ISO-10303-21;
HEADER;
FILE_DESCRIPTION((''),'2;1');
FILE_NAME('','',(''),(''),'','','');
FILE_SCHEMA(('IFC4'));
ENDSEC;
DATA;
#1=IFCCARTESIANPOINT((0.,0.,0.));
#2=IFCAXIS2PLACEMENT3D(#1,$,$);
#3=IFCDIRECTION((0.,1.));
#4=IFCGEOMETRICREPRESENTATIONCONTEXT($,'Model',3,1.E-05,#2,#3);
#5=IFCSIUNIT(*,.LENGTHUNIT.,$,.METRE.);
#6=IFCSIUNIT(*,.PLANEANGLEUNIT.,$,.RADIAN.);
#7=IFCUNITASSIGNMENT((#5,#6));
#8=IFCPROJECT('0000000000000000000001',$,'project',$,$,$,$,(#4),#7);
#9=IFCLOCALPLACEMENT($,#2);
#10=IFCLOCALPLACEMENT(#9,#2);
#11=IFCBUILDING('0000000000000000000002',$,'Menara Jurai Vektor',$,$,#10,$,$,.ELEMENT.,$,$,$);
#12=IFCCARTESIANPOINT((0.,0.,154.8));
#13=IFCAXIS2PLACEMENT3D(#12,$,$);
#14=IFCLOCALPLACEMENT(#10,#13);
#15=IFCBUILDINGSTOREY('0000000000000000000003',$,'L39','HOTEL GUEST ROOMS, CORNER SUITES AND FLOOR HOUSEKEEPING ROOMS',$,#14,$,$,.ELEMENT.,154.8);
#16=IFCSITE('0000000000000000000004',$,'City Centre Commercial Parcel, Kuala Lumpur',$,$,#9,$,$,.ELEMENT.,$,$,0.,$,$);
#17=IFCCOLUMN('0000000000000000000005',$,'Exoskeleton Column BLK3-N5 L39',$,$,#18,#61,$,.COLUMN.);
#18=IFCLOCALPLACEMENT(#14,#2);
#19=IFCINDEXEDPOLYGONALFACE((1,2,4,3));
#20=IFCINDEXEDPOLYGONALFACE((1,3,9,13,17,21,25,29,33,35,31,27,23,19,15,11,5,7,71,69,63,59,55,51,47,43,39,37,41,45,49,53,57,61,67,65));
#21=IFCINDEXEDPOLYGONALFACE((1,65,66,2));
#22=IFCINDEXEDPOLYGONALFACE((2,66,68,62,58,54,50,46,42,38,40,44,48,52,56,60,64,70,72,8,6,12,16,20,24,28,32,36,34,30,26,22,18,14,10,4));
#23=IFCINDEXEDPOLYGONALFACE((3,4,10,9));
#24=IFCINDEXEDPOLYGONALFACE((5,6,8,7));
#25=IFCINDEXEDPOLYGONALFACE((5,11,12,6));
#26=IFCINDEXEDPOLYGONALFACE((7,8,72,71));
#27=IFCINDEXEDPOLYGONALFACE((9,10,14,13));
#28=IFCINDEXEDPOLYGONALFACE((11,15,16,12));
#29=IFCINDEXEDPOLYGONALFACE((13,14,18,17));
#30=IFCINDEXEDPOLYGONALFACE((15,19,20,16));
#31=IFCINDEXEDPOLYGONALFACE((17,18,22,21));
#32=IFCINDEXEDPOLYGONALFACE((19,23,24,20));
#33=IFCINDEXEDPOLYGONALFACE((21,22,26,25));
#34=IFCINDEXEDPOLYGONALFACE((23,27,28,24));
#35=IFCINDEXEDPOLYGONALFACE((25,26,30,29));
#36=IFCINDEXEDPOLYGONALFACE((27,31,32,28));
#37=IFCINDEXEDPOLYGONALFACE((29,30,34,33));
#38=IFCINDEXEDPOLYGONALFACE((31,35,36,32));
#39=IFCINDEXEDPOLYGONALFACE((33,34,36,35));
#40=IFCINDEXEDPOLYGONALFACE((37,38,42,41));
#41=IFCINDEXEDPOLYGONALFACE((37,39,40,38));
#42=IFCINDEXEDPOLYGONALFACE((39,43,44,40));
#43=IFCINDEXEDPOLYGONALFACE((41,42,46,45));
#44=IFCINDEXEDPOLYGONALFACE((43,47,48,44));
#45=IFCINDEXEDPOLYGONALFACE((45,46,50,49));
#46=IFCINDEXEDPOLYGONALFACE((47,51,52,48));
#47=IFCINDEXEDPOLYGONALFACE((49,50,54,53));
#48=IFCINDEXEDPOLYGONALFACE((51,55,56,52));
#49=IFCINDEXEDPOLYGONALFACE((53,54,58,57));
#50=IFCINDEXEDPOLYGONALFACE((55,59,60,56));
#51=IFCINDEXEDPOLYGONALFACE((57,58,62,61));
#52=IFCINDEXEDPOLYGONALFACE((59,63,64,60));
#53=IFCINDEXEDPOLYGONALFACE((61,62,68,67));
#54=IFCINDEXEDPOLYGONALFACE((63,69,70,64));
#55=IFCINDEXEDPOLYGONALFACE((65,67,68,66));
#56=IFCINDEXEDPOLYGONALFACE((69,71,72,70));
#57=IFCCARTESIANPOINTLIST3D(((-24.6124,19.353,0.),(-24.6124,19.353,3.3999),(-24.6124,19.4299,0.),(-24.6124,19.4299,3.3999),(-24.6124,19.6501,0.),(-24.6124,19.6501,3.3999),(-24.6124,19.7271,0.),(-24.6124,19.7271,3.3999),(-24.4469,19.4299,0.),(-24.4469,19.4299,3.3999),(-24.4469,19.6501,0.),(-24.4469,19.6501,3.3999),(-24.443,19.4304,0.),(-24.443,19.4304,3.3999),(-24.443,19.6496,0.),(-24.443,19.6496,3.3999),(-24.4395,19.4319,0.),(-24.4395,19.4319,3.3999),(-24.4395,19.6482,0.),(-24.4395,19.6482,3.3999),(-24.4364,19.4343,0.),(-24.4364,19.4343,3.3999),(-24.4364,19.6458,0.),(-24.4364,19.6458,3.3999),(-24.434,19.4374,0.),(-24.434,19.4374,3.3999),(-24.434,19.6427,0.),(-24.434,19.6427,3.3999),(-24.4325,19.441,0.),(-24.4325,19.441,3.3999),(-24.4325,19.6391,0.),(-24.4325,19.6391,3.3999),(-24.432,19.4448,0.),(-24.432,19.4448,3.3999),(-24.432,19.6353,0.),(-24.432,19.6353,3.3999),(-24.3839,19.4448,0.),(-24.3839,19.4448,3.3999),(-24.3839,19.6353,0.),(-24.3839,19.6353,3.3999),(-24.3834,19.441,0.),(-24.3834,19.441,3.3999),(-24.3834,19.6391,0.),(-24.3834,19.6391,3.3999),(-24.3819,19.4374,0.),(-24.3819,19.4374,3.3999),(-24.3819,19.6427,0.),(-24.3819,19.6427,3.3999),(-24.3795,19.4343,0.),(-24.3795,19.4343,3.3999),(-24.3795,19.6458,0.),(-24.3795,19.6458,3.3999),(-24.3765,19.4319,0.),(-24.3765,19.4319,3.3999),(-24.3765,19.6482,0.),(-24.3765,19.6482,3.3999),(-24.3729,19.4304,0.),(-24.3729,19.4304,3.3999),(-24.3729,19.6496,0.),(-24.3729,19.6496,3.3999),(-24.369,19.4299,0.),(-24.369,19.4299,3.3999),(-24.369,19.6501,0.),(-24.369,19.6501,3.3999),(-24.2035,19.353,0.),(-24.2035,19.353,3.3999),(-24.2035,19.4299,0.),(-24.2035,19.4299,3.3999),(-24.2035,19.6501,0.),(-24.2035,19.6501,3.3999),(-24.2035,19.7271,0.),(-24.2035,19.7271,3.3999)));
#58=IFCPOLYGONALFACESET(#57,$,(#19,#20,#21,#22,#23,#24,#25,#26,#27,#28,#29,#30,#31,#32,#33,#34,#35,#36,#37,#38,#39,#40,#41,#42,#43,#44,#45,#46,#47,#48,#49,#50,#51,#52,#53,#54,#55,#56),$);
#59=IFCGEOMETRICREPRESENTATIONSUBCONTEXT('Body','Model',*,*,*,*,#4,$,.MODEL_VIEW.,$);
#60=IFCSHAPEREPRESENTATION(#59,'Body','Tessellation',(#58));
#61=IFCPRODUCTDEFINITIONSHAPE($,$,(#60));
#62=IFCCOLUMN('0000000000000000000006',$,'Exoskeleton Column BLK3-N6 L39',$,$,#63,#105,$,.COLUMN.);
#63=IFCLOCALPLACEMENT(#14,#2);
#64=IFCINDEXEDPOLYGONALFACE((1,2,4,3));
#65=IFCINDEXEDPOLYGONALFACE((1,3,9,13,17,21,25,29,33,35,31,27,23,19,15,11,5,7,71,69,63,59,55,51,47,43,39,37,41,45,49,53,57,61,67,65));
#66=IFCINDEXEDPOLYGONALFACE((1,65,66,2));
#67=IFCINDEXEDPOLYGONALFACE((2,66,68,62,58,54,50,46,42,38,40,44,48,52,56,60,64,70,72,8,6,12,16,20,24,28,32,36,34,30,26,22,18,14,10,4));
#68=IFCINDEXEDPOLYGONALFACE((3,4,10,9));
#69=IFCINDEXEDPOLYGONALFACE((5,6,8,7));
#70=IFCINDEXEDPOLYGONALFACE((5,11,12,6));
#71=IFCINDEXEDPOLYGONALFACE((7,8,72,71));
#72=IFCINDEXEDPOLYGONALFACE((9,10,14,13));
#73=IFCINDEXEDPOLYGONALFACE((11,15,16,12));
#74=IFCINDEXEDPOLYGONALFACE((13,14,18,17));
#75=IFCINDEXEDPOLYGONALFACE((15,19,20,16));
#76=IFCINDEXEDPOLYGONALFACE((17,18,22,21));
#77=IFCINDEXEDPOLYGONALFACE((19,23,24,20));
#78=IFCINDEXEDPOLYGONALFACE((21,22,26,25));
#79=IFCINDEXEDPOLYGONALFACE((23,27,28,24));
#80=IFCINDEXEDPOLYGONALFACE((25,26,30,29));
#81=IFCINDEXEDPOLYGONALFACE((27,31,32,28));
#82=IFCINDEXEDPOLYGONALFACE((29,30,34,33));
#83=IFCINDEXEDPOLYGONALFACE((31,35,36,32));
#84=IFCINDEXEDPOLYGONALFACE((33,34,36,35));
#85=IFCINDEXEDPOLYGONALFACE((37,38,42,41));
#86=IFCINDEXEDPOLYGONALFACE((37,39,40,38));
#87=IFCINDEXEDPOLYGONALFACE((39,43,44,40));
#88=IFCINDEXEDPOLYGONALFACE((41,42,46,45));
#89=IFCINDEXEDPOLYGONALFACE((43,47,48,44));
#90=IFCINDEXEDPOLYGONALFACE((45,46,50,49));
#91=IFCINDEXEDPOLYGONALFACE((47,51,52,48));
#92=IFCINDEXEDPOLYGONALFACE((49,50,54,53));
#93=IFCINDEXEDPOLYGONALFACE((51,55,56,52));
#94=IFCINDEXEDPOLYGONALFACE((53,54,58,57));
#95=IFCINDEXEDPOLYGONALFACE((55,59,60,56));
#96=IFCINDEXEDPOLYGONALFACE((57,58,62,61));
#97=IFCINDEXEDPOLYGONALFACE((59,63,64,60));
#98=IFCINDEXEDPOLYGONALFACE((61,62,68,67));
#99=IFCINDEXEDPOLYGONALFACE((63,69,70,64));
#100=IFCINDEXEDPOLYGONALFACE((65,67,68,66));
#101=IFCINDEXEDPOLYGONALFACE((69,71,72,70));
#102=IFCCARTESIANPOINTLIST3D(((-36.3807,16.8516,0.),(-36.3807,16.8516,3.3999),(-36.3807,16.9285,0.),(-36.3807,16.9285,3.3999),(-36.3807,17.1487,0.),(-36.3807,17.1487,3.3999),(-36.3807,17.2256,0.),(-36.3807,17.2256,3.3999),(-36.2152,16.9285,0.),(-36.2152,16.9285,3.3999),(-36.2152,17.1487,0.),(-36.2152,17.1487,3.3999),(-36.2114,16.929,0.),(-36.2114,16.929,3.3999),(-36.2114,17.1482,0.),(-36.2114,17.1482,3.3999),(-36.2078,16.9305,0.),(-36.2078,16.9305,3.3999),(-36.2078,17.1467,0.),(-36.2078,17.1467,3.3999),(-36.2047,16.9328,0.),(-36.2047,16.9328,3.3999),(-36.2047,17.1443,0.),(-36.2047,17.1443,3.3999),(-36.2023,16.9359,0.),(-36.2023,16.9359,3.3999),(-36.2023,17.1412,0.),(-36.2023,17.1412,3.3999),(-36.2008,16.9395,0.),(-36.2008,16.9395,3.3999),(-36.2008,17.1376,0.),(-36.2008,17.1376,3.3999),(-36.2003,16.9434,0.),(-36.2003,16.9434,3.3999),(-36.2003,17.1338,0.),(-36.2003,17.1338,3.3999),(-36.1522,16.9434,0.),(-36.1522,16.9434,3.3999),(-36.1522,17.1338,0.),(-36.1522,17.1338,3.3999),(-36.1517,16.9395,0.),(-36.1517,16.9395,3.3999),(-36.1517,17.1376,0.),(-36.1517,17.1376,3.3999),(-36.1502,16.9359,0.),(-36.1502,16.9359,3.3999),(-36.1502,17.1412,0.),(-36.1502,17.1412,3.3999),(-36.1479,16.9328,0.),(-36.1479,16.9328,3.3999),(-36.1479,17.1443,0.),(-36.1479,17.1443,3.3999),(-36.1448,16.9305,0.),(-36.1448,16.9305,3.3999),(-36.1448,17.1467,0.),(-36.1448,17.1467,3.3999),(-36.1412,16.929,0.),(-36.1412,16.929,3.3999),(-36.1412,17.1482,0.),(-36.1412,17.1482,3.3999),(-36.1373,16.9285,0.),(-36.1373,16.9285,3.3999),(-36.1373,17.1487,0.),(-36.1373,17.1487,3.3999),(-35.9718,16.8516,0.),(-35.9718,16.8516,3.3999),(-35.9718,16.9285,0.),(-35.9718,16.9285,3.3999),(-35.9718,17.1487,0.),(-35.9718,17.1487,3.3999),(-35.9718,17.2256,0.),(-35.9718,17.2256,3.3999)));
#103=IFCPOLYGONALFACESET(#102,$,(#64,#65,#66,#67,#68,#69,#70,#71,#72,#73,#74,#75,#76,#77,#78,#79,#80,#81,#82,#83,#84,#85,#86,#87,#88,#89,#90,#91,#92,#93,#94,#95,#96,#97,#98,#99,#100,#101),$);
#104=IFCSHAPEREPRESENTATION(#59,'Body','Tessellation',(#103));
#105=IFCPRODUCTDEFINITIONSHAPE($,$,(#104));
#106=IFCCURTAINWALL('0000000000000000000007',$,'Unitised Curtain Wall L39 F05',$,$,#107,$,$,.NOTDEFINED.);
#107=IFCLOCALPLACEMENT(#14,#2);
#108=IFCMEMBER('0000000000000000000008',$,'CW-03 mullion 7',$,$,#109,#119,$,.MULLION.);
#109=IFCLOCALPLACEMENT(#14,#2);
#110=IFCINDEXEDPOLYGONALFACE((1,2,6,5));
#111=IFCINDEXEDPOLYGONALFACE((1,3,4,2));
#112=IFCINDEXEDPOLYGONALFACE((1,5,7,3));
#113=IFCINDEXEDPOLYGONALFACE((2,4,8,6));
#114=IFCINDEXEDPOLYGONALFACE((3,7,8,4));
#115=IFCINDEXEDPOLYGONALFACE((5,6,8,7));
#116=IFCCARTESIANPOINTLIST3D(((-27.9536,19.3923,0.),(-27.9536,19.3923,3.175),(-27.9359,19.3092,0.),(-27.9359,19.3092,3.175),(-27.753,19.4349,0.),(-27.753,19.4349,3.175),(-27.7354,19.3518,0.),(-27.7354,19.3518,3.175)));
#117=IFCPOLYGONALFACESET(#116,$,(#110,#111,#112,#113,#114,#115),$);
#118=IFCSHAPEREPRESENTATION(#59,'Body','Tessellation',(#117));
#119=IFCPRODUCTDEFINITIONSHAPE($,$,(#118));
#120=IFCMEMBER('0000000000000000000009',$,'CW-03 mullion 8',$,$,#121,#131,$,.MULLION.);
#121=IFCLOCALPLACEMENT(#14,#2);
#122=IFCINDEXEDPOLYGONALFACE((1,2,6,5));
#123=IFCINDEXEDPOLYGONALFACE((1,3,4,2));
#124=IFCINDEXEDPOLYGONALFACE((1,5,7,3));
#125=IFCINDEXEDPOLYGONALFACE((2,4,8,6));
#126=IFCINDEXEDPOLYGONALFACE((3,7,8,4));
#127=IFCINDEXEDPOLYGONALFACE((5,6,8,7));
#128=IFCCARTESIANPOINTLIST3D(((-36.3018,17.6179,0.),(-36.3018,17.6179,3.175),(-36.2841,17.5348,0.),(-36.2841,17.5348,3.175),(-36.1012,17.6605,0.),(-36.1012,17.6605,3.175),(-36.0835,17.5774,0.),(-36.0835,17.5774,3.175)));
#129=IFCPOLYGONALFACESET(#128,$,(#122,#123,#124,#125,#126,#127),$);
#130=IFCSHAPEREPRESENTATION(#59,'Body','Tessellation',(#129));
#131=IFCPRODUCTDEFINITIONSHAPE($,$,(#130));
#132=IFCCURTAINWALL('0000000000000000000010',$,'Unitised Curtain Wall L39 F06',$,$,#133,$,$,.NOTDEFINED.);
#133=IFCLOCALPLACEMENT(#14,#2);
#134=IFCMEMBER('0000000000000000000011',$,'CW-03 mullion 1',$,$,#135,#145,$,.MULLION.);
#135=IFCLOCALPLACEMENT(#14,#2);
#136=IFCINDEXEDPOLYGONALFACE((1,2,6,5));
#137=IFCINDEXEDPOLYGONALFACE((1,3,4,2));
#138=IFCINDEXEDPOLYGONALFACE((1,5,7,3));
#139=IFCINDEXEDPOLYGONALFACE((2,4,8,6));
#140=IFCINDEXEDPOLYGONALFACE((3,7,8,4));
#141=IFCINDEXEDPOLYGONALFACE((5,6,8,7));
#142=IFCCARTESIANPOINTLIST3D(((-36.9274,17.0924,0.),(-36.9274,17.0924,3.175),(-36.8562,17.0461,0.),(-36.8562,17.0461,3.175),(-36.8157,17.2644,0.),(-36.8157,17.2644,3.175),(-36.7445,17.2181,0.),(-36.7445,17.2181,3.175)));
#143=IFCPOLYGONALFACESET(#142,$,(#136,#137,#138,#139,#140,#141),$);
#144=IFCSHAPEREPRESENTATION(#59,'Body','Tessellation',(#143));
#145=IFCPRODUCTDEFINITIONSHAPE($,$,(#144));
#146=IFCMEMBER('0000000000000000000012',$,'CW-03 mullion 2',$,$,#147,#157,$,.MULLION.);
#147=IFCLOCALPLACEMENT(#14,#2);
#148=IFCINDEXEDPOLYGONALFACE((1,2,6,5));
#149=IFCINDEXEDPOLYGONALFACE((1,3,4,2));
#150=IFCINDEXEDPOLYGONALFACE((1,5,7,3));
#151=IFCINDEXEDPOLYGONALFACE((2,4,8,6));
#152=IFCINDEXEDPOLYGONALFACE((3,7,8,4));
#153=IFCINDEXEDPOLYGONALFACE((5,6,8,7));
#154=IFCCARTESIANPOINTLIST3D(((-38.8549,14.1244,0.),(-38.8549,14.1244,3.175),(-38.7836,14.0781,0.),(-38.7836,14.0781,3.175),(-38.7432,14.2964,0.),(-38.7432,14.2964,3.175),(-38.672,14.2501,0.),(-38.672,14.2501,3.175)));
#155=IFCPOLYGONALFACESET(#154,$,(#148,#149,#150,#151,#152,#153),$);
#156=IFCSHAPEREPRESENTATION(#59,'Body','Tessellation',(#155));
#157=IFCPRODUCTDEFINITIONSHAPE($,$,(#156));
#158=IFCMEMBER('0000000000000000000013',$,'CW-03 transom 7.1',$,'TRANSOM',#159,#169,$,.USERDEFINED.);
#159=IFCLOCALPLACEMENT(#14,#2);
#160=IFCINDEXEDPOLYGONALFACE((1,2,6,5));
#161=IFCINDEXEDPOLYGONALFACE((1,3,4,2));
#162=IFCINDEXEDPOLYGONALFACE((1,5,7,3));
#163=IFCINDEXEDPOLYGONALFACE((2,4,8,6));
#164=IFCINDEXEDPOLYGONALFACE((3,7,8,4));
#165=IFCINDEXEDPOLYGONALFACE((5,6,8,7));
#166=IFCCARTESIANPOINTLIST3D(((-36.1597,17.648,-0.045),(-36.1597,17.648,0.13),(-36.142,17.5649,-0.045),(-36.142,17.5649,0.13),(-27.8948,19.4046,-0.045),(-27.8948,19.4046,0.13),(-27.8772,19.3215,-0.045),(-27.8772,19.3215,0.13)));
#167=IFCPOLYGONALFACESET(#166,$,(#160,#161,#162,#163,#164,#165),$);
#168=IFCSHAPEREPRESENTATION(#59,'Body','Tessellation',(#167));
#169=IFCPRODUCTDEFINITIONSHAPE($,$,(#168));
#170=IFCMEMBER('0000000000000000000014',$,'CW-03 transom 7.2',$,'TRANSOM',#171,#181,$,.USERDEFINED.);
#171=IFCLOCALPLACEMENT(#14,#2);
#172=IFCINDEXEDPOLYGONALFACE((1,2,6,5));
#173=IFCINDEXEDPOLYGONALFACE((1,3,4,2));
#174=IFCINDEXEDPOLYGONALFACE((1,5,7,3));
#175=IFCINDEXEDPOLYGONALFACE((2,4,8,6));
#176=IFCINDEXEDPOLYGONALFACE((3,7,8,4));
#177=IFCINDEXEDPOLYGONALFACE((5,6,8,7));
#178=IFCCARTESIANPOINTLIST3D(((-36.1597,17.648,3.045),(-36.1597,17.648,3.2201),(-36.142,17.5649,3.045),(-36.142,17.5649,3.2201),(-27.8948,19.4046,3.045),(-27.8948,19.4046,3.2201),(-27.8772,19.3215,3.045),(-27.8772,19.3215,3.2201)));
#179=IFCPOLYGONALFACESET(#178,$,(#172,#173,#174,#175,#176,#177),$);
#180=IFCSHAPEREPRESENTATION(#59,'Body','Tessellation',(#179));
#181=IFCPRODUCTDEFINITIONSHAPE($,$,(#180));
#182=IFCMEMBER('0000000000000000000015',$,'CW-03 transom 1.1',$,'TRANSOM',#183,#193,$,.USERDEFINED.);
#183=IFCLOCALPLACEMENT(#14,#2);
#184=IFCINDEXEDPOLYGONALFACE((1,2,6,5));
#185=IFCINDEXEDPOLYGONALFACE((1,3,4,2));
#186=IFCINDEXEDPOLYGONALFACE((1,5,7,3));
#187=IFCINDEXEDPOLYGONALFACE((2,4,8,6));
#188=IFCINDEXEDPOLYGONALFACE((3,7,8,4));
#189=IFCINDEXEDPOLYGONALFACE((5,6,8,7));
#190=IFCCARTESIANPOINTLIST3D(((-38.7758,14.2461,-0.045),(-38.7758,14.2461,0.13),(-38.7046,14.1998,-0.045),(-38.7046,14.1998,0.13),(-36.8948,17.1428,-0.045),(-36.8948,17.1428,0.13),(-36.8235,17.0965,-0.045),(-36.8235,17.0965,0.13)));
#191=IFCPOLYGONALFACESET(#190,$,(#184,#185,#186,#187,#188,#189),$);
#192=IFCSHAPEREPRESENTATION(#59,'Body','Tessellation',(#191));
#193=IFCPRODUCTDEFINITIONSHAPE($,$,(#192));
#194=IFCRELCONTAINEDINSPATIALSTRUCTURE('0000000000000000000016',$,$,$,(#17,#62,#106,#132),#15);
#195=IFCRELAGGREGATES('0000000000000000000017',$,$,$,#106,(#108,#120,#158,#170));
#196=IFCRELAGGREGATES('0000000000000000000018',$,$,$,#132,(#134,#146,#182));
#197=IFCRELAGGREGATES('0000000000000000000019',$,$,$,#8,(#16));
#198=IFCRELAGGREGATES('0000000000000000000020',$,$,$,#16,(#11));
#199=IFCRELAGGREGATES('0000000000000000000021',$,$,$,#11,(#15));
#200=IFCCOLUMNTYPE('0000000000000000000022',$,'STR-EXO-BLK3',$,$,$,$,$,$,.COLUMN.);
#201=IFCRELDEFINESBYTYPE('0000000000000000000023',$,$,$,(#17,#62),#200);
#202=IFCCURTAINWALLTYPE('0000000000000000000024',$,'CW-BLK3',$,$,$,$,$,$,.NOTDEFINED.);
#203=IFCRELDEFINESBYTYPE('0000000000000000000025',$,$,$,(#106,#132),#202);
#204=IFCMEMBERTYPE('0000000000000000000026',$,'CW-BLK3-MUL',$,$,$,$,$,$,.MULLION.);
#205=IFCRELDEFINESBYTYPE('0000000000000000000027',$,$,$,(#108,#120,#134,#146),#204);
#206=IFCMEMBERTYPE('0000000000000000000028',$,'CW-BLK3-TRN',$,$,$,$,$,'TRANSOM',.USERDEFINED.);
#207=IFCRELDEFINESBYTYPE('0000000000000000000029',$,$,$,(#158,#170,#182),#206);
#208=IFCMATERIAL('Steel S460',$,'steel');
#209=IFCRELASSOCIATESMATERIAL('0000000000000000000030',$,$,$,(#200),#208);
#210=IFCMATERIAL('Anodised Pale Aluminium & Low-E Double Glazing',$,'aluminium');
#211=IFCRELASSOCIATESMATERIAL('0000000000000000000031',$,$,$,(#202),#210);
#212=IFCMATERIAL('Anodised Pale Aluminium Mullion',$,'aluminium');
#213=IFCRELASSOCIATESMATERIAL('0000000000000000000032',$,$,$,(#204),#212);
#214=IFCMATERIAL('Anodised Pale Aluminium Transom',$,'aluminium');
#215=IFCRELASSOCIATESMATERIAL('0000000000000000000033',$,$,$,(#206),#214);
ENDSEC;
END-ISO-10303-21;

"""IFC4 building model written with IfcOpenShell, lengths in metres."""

from ifc_helpers import new_model, si_unit, direction, frame, origin, origin_2d, place, context, subcontext, project, spatial, rectangle, i_section, extrude, material, material_profile, profile_set, type_object, element, aggregate, save


model = new_model("IFC4")

# Units and contexts
model_context = context("Model", 3, precision=1e-05, world=origin(), true_north=direction((0.0, 1.0)))
body_context = subcontext(model_context, "Body", "Model", "MODEL_VIEW")
ifc_project = project(units=[si_unit("LENGTHUNIT", "METRE"), si_unit("PLANEANGLEUNIT", "RADIAN")], contexts=[model_context])

# Site, building, storey
site_placement = place(None, origin())
site = spatial("IfcSite", under=ifc_project, at=site_placement, Name="City Centre Commercial Parcel, Kuala Lumpur", CompositionType="ELEMENT", RefElevation=0.0)
building_placement = place(site_placement, origin())
building = spatial("IfcBuilding", under=site, at=building_placement, Name="Menara Jurai Vektor", CompositionType="ELEMENT")
storey_placement = place(building_placement, frame((0.0, 0.0, 154.8)))
storey = spatial("IfcBuildingStorey", under=building, at=storey_placement, Name="L39", Description="HOTEL GUEST ROOMS, CORNER SUITES AND FLOOR HOUSEKEEPING ROOMS", CompositionType="ELEMENT", Elevation=154.8)

# Columns
ifc_material_1 = material(Name="Steel S460", Category="steel")
ifc_material_profile_1 = material_profile(ifc_material_1, i_section(OverallWidth=0.4089, OverallDepth=0.374, WebThickness=0.0481, FlangeThickness=0.0769, FilletRadius=0.0149, at=origin_2d()), Name="HD 400x634")
ifc_profile_set_1 = profile_set([ifc_material_profile_1], Name="Steel S460")
column_type = type_object("IfcColumnType", Name="STR-EXO-BLK3", PredefinedType="COLUMN", material=ifc_profile_set_1)
for number, where, z_axis, x_axis, name in (
    (1, (-24.408, 19.54, 0.0), (0.0, 0.0, 1.0), (1.0, 0.0, 0.0), "Exoskeleton Column BLK3-N5 L39"),
    (2, (-36.1763, 17.0386, 0.0), (0.0, 0.0, 1.0), (1.0, 0.0, 0.0), "Exoskeleton Column BLK3-N6 L39"),
):
    element("IfcColumn", number, at=place(storey_placement, frame(where, z_axis=z_axis, x_axis=x_axis)), inside=storey, type_object=column_type, Name=name, PredefinedType="COLUMN", context=body_context, shape_type="SweptSolid", body=[
        extrude(i_section(OverallWidth=0.4089, OverallDepth=0.374, WebThickness=0.0481, FlangeThickness=0.0769, FilletRadius=0.0149, at=origin_2d()), origin(), (0.0, 0.0, 1.0), 3.3999),
    ])

# Curtain walls, members
ifc_material_2 = material(Name="Anodised Pale Aluminium & Low-E Double Glazing", Category="aluminium")
curtain_wall_type = type_object("IfcCurtainWallType", Name="CW-BLK3", PredefinedType="NOTDEFINED", material=ifc_material_2)
curtain_wall_1_placement = place(storey_placement, origin())
curtain_wall_1 = element("IfcCurtainWall", 3, at=curtain_wall_1_placement, inside=storey, type_object=curtain_wall_type, Name="Unitised Curtain Wall L39 F05", PredefinedType="NOTDEFINED")
ifc_material_3 = material(Name="Anodised Pale Aluminium Mullion", Category="aluminium")
ifc_material_profile_2 = material_profile(ifc_material_3, rectangle(XDim=0.085, YDim=0.2051, at=origin_2d()), Name="ALU MUL 85x205")
ifc_profile_set_2 = profile_set([ifc_material_profile_2], Name="Anodised Pale Aluminium Mullion")
member_type_1 = type_object("IfcMemberType", Name="CW-BLK3-MUL", PredefinedType="MULLION", material=ifc_profile_set_2)
member_1_placement = place(storey_placement, frame((-27.8445, 19.3721, 0.0), z_axis=(0.0, 0.0, 1.0), x_axis=(0.207911, -0.978148, 0.0)))
member_1 = element("IfcMember", 4, at=member_1_placement, type_object=member_type_1, Name="CW-03 mullion 7", PredefinedType="MULLION", context=body_context, shape_type="SweptSolid", body=[
    extrude(rectangle(XDim=0.085, YDim=0.2051, at=origin_2d()), origin(), (0.0, 0.0, 1.0), 3.175),
])
member_2_placement = place(storey_placement, frame((-36.1926, 17.5977, 0.0), z_axis=(0.0, 0.0, 1.0), x_axis=(0.207911, -0.978148, 0.0)))
member_2 = element("IfcMember", 5, at=member_2_placement, type_object=member_type_1, Name="CW-03 mullion 8", PredefinedType="MULLION", context=body_context, shape_type="SweptSolid", body=[
    extrude(rectangle(XDim=0.085, YDim=0.2051, at=origin_2d()), origin(), (0.0, 0.0, 1.0), 3.175),
])
curtain_wall_2_placement = place(storey_placement, origin())
curtain_wall_2 = element("IfcCurtainWall", 6, at=curtain_wall_2_placement, inside=storey, type_object=curtain_wall_type, Name="Unitised Curtain Wall L39 F06", PredefinedType="NOTDEFINED")
member_3_placement = place(storey_placement, frame((-36.8359, 17.1553, 0.0), z_axis=(0.0, 0.0, 1.0), x_axis=(0.838684, -0.544618, 0.0)))
member_3 = element("IfcMember", 7, at=member_3_placement, type_object=member_type_1, Name="CW-03 mullion 1", PredefinedType="MULLION", context=body_context, shape_type="SweptSolid", body=[
    extrude(rectangle(XDim=0.085, YDim=0.2051, at=origin_2d()), origin(), (0.0, 0.0, 1.0), 3.175),
])
member_4_placement = place(storey_placement, frame((-38.7634, 14.1873, 0.0), z_axis=(0.0, 0.0, 1.0), x_axis=(0.838684, -0.544618, 0.0)))
member_4 = element("IfcMember", 8, at=member_4_placement, type_object=member_type_1, Name="CW-03 mullion 2", PredefinedType="MULLION", context=body_context, shape_type="SweptSolid", body=[
    extrude(rectangle(XDim=0.085, YDim=0.2051, at=origin_2d()), origin(), (0.0, 0.0, 1.0), 3.175),
])

# Members
ifc_material_4 = material(Name="Anodised Pale Aluminium Transom", Category="aluminium")
ifc_material_profile_3 = material_profile(ifc_material_4, rectangle(XDim=0.085, YDim=0.175, at=origin_2d()), Name="ALU TRN 85x175")
ifc_profile_set_3 = profile_set([ifc_material_profile_3], Name="Anodised Pale Aluminium Transom")
member_type_2 = type_object("IfcMemberType", Name="CW-BLK3-TRN", ElementType="TRANSOM", PredefinedType="USERDEFINED", material=ifc_profile_set_3)
member_5_placement = place(storey_placement, frame((-27.886, 19.363, 0.0425), z_axis=(-0.978152, -0.207893, 0.0), x_axis=(0.207893, -0.978152, 0.0)))
member_5 = element("IfcMember", 9, at=member_5_placement, type_object=member_type_2, Name="CW-03 transom 7.1", ObjectType="TRANSOM", PredefinedType="USERDEFINED", context=body_context, shape_type="SweptSolid", body=[
    extrude(rectangle(XDim=0.085, YDim=0.175, at=origin_2d()), origin(), (0.0, 0.0, 1.0), 8.4495),
])
member_6_placement = place(storey_placement, frame((-27.886, 19.363, 3.1326), z_axis=(-0.978152, -0.207893, 0.0), x_axis=(0.207893, -0.978152, 0.0)))
member_6 = element("IfcMember", 10, at=member_6_placement, type_object=member_type_2, Name="CW-03 transom 7.2", ObjectType="TRANSOM", PredefinedType="USERDEFINED", context=body_context, shape_type="SweptSolid", body=[
    extrude(rectangle(XDim=0.085, YDim=0.175, at=origin_2d()), origin(), (0.0, 0.0, 1.0), 8.4495),
])
member_7_placement = place(storey_placement, frame((-36.8591, 17.1196, 0.0425), z_axis=(-0.544628, -0.838678, 0.0), x_axis=(0.838678, -0.544628, 0.0)))
member_7 = element("IfcMember", 11, at=member_7_placement, type_object=member_type_2, Name="CW-03 transom 1.1", ObjectType="TRANSOM", PredefinedType="USERDEFINED", context=body_context, shape_type="SweptSolid", body=[
    extrude(rectangle(XDim=0.085, YDim=0.175, at=origin_2d()), origin(), (0.0, 0.0, 1.0), 3.4539),
])

aggregate(curtain_wall_1, [member_1, member_2, member_5, member_6])
aggregate(curtain_wall_2, [member_3, member_4, member_7])

save(model, "model.ifc")
